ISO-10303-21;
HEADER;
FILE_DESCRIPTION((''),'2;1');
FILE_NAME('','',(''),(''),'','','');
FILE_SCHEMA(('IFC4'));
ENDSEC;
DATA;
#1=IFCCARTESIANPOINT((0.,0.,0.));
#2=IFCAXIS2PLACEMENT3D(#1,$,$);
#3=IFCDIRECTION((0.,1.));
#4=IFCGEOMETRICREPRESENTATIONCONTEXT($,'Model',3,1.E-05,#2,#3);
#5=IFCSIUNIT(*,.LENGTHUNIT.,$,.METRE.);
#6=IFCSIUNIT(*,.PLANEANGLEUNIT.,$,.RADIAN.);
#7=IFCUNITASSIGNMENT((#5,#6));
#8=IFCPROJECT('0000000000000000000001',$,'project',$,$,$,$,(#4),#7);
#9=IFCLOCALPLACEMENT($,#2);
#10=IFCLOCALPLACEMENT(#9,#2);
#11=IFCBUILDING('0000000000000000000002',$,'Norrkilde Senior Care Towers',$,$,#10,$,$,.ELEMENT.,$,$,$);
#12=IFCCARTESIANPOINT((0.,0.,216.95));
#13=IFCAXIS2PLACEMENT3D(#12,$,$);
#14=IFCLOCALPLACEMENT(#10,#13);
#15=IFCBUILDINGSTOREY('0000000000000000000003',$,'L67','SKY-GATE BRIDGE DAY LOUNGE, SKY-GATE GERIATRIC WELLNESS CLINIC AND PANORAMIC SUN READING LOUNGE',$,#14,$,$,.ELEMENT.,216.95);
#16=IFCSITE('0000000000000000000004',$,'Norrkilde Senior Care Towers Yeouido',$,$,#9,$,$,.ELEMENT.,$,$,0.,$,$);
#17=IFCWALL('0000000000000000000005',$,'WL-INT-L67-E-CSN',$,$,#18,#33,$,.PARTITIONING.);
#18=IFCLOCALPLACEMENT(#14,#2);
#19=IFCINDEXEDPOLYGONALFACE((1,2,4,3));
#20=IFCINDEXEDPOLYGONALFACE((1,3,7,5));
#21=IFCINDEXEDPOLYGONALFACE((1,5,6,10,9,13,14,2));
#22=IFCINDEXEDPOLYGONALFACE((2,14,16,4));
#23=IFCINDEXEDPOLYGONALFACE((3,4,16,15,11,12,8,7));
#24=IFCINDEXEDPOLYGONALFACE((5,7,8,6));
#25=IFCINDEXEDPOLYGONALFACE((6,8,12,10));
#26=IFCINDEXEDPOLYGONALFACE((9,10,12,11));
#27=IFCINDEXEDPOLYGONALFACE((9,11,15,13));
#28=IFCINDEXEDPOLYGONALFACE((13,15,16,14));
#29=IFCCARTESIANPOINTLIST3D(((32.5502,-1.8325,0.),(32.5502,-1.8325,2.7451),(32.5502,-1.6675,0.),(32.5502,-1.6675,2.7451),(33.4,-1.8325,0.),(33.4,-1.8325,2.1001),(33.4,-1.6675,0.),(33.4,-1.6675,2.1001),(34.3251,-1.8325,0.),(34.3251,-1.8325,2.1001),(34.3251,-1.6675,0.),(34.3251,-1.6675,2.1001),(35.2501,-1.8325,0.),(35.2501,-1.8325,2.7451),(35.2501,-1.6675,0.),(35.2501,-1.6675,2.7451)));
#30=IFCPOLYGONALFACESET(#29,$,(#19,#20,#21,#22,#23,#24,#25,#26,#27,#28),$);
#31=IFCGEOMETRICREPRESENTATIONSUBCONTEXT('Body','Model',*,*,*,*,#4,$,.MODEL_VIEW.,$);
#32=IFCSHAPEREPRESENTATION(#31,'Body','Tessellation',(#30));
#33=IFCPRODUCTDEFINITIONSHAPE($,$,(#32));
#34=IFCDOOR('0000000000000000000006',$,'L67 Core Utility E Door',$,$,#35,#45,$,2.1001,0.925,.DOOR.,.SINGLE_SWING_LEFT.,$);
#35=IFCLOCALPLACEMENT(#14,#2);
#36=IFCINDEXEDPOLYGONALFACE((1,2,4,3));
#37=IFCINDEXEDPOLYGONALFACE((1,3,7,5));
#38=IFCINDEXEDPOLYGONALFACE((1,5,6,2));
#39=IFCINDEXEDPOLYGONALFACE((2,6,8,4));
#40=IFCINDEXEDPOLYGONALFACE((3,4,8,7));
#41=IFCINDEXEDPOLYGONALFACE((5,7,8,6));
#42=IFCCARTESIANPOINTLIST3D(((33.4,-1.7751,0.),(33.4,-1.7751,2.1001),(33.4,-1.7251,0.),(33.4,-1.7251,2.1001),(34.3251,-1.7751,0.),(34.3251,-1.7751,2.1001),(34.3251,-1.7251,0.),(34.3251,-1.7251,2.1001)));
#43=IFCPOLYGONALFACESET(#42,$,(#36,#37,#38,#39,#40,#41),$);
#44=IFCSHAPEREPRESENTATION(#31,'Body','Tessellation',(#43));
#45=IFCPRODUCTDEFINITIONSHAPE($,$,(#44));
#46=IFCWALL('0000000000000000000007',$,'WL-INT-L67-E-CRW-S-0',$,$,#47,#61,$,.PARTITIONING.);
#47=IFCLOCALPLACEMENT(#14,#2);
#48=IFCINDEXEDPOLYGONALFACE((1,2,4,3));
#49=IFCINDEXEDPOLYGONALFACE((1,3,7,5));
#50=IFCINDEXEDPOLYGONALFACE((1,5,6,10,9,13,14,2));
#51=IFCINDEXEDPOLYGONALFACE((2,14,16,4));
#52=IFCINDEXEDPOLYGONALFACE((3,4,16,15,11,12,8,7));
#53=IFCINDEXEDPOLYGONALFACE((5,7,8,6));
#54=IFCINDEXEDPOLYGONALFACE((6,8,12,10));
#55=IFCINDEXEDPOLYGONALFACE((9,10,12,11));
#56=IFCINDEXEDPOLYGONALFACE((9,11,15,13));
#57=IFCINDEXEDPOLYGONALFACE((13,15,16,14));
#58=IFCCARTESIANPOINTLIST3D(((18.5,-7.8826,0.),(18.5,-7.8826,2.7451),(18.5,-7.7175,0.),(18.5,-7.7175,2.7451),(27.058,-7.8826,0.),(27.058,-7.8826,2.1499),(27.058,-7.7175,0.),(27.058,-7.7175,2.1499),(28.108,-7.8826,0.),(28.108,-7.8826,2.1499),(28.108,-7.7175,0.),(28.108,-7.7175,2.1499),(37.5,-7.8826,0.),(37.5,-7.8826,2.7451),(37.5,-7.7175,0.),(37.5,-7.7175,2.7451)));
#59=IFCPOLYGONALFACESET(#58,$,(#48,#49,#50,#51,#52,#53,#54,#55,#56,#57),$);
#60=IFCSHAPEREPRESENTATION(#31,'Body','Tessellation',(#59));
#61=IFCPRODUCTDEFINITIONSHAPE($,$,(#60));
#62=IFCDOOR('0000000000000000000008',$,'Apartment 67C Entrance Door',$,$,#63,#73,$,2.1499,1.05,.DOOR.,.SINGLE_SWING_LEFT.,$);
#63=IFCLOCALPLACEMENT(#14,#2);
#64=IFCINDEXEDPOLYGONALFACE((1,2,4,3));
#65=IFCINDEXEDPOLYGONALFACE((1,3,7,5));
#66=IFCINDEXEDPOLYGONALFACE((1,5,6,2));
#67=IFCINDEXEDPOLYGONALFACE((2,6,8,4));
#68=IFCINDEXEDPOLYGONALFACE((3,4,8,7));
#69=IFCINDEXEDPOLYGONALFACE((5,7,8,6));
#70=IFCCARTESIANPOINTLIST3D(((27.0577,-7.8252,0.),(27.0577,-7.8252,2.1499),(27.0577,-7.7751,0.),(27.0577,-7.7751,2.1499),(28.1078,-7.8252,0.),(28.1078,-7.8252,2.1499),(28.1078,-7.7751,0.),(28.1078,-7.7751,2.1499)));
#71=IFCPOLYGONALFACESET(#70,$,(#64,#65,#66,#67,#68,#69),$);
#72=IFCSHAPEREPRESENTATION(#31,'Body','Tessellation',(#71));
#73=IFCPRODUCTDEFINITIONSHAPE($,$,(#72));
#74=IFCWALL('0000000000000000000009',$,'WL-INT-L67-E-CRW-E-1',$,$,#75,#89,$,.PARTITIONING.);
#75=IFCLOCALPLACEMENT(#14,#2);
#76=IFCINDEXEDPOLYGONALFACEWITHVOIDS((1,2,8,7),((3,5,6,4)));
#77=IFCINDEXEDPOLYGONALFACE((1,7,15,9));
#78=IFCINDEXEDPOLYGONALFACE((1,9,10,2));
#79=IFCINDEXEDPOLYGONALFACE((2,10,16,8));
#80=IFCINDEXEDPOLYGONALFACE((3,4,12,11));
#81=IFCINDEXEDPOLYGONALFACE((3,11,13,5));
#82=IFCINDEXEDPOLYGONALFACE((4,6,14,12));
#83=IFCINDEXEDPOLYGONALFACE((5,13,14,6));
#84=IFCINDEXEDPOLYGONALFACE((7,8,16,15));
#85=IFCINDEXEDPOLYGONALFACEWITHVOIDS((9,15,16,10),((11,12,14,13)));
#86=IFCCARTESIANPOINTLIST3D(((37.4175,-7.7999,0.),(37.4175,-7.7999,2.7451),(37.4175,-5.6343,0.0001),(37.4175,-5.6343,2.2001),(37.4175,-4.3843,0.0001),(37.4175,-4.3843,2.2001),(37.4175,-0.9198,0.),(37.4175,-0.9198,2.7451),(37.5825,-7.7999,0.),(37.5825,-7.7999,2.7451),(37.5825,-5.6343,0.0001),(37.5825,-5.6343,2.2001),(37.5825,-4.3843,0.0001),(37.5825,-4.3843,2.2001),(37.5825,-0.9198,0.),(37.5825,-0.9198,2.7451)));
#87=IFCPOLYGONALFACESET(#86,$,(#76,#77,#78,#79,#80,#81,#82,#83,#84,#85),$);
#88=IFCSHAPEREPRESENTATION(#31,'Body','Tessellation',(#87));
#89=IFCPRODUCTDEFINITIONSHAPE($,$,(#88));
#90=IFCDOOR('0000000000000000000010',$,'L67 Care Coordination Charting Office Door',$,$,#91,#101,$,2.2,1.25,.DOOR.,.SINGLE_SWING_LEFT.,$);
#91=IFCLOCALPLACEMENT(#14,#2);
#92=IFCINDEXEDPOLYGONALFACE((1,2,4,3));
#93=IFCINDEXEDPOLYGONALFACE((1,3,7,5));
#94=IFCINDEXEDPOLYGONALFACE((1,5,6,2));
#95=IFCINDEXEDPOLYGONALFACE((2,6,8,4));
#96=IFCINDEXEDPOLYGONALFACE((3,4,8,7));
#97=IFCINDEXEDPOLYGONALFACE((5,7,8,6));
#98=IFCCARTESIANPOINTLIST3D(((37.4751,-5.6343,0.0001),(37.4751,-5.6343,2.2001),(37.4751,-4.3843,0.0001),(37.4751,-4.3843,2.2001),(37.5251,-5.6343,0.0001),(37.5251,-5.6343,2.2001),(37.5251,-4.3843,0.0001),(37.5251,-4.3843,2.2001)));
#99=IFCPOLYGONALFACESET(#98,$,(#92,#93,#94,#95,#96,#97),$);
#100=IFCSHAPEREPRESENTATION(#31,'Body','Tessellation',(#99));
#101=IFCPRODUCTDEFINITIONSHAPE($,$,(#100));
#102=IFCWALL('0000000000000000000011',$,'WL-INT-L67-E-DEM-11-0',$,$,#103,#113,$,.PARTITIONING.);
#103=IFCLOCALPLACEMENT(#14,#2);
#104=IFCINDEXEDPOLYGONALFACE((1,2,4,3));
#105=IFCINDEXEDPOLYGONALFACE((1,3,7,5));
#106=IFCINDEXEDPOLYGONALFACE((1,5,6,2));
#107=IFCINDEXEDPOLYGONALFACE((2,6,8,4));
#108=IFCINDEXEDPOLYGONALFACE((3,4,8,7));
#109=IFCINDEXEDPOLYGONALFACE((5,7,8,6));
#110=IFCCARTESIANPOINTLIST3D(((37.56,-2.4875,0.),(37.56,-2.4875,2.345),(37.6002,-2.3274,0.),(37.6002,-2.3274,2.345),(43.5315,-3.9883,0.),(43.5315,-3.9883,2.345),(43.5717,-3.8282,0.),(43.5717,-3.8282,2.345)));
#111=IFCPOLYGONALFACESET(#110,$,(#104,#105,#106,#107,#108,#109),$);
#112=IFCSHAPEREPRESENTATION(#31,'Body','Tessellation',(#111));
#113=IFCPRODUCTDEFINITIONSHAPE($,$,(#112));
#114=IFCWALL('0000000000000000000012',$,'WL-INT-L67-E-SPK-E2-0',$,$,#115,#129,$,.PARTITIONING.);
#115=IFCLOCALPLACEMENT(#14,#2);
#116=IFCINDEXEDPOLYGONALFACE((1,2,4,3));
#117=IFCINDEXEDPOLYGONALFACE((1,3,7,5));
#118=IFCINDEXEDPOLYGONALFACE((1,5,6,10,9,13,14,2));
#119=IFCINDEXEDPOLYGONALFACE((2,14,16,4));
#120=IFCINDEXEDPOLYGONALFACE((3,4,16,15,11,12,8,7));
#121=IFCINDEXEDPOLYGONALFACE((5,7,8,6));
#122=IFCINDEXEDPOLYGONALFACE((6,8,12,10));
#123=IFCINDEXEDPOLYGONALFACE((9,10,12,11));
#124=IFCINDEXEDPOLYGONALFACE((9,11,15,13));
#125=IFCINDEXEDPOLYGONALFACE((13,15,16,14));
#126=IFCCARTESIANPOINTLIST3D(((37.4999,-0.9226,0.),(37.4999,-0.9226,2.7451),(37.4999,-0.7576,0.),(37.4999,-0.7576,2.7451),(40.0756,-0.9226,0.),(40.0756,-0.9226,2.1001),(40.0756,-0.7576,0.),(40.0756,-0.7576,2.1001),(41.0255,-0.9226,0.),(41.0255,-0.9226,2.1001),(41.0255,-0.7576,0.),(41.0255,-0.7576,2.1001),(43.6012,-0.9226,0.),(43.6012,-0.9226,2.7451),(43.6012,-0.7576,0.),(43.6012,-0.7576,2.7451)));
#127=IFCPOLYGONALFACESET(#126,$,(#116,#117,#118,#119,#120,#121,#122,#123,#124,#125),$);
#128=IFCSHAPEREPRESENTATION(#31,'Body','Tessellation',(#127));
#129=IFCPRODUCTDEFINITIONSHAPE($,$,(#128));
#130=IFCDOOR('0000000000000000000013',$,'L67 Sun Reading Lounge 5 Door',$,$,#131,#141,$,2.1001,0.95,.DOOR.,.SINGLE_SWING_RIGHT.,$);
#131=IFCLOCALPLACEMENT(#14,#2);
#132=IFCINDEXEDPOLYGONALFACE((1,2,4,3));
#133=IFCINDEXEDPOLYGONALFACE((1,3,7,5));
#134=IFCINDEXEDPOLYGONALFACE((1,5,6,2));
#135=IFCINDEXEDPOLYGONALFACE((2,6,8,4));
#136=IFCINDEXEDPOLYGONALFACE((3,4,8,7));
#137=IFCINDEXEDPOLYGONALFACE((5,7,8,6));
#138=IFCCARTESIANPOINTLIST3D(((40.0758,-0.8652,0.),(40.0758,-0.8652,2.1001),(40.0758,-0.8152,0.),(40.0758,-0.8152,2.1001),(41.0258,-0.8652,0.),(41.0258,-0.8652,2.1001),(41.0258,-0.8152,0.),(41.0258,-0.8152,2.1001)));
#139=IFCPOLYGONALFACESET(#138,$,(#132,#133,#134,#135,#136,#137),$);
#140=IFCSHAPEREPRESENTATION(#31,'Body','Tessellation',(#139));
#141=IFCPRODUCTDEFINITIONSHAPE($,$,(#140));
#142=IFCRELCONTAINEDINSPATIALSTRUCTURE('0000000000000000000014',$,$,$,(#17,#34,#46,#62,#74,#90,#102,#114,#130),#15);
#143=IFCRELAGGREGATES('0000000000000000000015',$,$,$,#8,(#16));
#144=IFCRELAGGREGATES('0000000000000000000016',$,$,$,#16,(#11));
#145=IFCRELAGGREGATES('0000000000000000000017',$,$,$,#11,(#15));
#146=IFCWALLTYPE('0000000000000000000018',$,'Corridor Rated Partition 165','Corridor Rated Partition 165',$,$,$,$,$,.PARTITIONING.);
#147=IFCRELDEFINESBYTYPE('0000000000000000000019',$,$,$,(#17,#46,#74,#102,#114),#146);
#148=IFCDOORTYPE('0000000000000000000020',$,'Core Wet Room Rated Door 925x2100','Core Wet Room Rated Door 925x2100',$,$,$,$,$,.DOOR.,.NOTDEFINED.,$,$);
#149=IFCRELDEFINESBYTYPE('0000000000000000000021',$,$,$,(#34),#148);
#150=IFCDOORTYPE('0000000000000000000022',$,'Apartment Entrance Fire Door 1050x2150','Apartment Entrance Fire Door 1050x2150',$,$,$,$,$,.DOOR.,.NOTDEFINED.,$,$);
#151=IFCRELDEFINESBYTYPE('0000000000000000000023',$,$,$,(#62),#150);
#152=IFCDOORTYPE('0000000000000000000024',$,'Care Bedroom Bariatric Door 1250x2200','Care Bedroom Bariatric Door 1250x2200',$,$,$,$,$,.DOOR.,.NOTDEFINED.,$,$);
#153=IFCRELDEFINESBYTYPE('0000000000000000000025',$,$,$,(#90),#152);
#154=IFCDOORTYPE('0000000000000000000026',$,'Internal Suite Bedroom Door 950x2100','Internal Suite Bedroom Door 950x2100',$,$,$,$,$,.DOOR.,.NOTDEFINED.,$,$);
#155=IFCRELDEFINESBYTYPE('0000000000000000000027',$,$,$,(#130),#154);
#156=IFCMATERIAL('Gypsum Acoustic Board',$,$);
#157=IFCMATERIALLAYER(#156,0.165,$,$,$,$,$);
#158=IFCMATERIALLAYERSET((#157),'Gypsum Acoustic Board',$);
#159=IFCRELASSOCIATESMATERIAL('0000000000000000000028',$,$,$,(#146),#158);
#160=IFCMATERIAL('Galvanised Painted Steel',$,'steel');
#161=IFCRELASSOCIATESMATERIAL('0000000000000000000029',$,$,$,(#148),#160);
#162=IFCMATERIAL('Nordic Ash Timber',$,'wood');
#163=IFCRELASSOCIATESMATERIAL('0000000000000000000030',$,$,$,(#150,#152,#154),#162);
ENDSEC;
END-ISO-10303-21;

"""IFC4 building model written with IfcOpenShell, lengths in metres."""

from ifc_helpers import new_model, si_unit, direction, frame, frame_2d, origin, place, context, subcontext, project, spatial, rectangle, extrude, source, transform, mapped, material, layer, layer_set, type_object, type_shapes, element, fill, save


model = new_model("IFC4")

# Units and contexts
model_context = context("Model", 3, precision=1e-05, world=origin(), true_north=direction((0.0, 1.0)))
body_context = subcontext(model_context, "Body", "Model", "MODEL_VIEW")
ifc_project = project(units=[si_unit("LENGTHUNIT", "METRE"), si_unit("PLANEANGLEUNIT", "RADIAN")], contexts=[model_context])

# Site, building, storey
site_placement = place(None, origin())
site = spatial("IfcSite", under=ifc_project, at=site_placement, Name="Norrkilde Senior Care Towers Yeouido", CompositionType="ELEMENT", RefElevation=0.0)
building_placement = place(site_placement, origin())
building = spatial("IfcBuilding", under=site, at=building_placement, Name="Norrkilde Senior Care Towers", CompositionType="ELEMENT")
storey_placement = place(building_placement, frame((0.0, 0.0, 216.95)))
storey = spatial("IfcBuildingStorey", under=building, at=storey_placement, Name="L67", Description="SKY-GATE BRIDGE DAY LOUNGE, SKY-GATE GERIATRIC WELLNESS CLINIC AND PANORAMIC SUN READING LOUNGE", CompositionType="ELEMENT", Elevation=216.95)

# Walls, openings, doors
ifc_material_1 = material(Name="Gypsum Acoustic Board")
ifc_layer_1 = layer(ifc_material_1, 0.165)
ifc_layer_set_1 = layer_set([ifc_layer_1], Name="Gypsum Acoustic Board")
wall_type_1 = type_object("IfcWallType", Name="Corridor Rated Partition 165", Description="Corridor Rated Partition 165", PredefinedType="PARTITIONING", material=ifc_layer_set_1)
shared_shape_1 = source(origin(), body_context, "Body", "SweptSolid", [
    extrude(rectangle(XDim=2.7, YDim=0.165, at=frame_2d((1.3501, 0.0))), origin(), (0.0, 0.0, 1.0), 2.7451),
])
wall_1_placement = place(storey_placement, frame((32.55, -1.75, 0.0), z_axis=(0.0, 0.0, 1.0), x_axis=(1.0, 0.0, 0.0)))
wall_1 = element("IfcWall", 1, at=wall_1_placement, inside=storey, type_object=wall_type_1, Name="WL-INT-L67-E-CSN", PredefinedType="PARTITIONING", context=body_context, shape_type="MappedRepresentation", body=[
    mapped(shared_shape_1, transform((0.0, 0.0, 0.0), x_axis=(1.0, 0.0, 0.0), y_axis=(0.0, 1.0, 0.0), z_axis=(0.0, 0.0, 1.0), scale=1.0)),
])
opening_1_placement = place(wall_1_placement, frame((0.8501, 0.0, 0.0)))
opening_1 = element("IfcOpeningElement", 2, at=opening_1_placement, cuts=wall_1, PredefinedType="OPENING", context=body_context, shape_type="SweptSolid", body=[
    extrude(rectangle(XDim=0.925, YDim=2.1001, at=frame_2d((0.4624, 1.05))), frame((0.0, 0.0925, 0.0), z_axis=(0.0, -1.0, 0.0), x_axis=(1.0, 0.0, 0.0)), (0.0, 0.0, 1.0), 0.1851),
])
ifc_material_2 = material(Name="Galvanised Painted Steel", Category="steel")
door_type_1 = type_object("IfcDoorType", Name="Core Wet Room Rated Door 925x2100", Description="Core Wet Room Rated Door 925x2100", OperationType="NOTDEFINED", PredefinedType="DOOR", material=ifc_material_2)
shared_shape_2 = source(origin(), body_context, "Body", "SweptSolid", [
    extrude(rectangle(XDim=0.925, YDim=2.1001, at=frame_2d((0.4624, 1.05))), frame((0.0, 0.0249, 0.0), z_axis=(0.0, -1.0, 0.0), x_axis=(1.0, 0.0, 0.0)), (0.0, 0.0, 1.0), 0.05),
])
type_shapes(door_type_1, [shared_shape_2])
door_1_placement = place(opening_1_placement, origin())
door_1 = element("IfcDoor", 3, at=door_1_placement, inside=storey, type_object=door_type_1, Name="L67 Core Utility E Door", OperationType="SINGLE_SWING_LEFT", OverallHeight=2.1001, OverallWidth=0.925, PredefinedType="DOOR", context=body_context, shape_type="MappedRepresentation", body=[
    mapped(shared_shape_2, transform((0.0, 0.0, 0.0), x_axis=(1.0, 0.0, 0.0), y_axis=(0.0, 1.0, 0.0), z_axis=(0.0, 0.0, 1.0), scale=1.0)),
])
fill(opening_1, door_1)
shared_shape_3 = source(origin(), body_context, "Body", "SweptSolid", [
    extrude(rectangle(XDim=19.0, YDim=0.165, at=frame_2d((9.5, 0.0))), origin(), (0.0, 0.0, 1.0), 2.7451),
])
wall_2_placement = place(storey_placement, frame((37.5, -7.8, 0.0), z_axis=(0.0, 0.0, 1.0), x_axis=(-1.0, 0.0, 0.0)))
wall_2 = element("IfcWall", 4, at=wall_2_placement, inside=storey, type_object=wall_type_1, Name="WL-INT-L67-E-CRW-S-0", PredefinedType="PARTITIONING", context=body_context, shape_type="MappedRepresentation", body=[
    mapped(shared_shape_3, transform((0.0, 0.0, 0.0), x_axis=(1.0, 0.0, 0.0), y_axis=(0.0, 1.0, 0.0), z_axis=(0.0, 0.0, 1.0), scale=1.0)),
])
opening_2_placement = place(wall_2_placement, frame((9.3921, 0.0, 0.0)))
opening_2 = element("IfcOpeningElement", 5, at=opening_2_placement, cuts=wall_2, PredefinedType="OPENING", context=body_context, shape_type="SweptSolid", body=[
    extrude(rectangle(XDim=1.05, YDim=2.1499, at=frame_2d((0.5249, 1.075))), frame((0.0, 0.0925, 0.0), z_axis=(0.0, -1.0, 0.0), x_axis=(1.0, 0.0, 0.0)), (0.0, 0.0, 1.0), 0.1851),
])
ifc_material_3 = material(Name="Nordic Ash Timber", Category="wood")
door_type_2 = type_object("IfcDoorType", Name="Apartment Entrance Fire Door 1050x2150", Description="Apartment Entrance Fire Door 1050x2150", OperationType="NOTDEFINED", PredefinedType="DOOR", material=ifc_material_3)
shared_shape_4 = source(origin(), body_context, "Body", "SweptSolid", [
    extrude(rectangle(XDim=1.05, YDim=2.1499, at=frame_2d((0.5249, 1.075))), frame((0.0, 0.0249, 0.0), z_axis=(0.0, -1.0, 0.0), x_axis=(1.0, 0.0, 0.0)), (0.0, 0.0, 1.0), 0.05),
])
type_shapes(door_type_2, [shared_shape_4])
door_2_placement = place(opening_2_placement, frame((1.05, 0.0, 0.0), z_axis=(0.0, 0.0, 1.0), x_axis=(-1.0, 0.0, 0.0)))
door_2 = element("IfcDoor", 6, at=door_2_placement, inside=storey, type_object=door_type_2, Name="Apartment 67C Entrance Door", OperationType="SINGLE_SWING_LEFT", OverallHeight=2.1499, OverallWidth=1.05, PredefinedType="DOOR", context=body_context, shape_type="MappedRepresentation", body=[
    mapped(shared_shape_4, transform((0.0, 0.0, 0.0), x_axis=(1.0, 0.0, 0.0), y_axis=(0.0, 1.0, 0.0), z_axis=(0.0, 0.0, 1.0), scale=1.0)),
])
fill(opening_2, door_2)
shared_shape_5 = source(origin(), body_context, "Body", "SweptSolid", [
    extrude(rectangle(XDim=6.8801, YDim=0.165, at=frame_2d((3.4399, 0.0))), origin(), (0.0, 0.0, 1.0), 2.7451),
])
wall_3_placement = place(storey_placement, frame((37.5, -0.9199, 0.0), z_axis=(0.0, 0.0, 1.0), x_axis=(0.0, -1.0, 0.0)))
wall_3 = element("IfcWall", 7, at=wall_3_placement, inside=storey, type_object=wall_type_1, Name="WL-INT-L67-E-CRW-E-1", PredefinedType="PARTITIONING", context=body_context, shape_type="MappedRepresentation", body=[
    mapped(shared_shape_5, transform((0.0, 0.0, 0.0), x_axis=(1.0, 0.0, 0.0), y_axis=(0.0, 1.0, 0.0), z_axis=(0.0, 0.0, 1.0), scale=1.0)),
])
opening_3_placement = place(wall_3_placement, frame((3.4644, 0.0, 0.0)))
opening_3 = element("IfcOpeningElement", 8, at=opening_3_placement, cuts=wall_3, PredefinedType="OPENING", context=body_context, shape_type="SweptSolid", body=[
    extrude(rectangle(XDim=1.25, YDim=2.2, at=frame_2d((0.625, 1.1001))), frame((0.0, 0.0925, 0.0), z_axis=(0.0, -1.0, 0.0), x_axis=(1.0, 0.0, 0.0)), (0.0, 0.0, 1.0), 0.1851),
])
door_type_3 = type_object("IfcDoorType", Name="Care Bedroom Bariatric Door 1250x2200", Description="Care Bedroom Bariatric Door 1250x2200", OperationType="NOTDEFINED", PredefinedType="DOOR", material=ifc_material_3)
shared_shape_6 = source(origin(), body_context, "Body", "SweptSolid", [
    extrude(rectangle(XDim=1.25, YDim=2.2, at=frame_2d((0.625, 1.1001))), frame((0.0, 0.0249, 0.0), z_axis=(0.0, -1.0, 0.0), x_axis=(1.0, 0.0, 0.0)), (0.0, 0.0, 1.0), 0.05),
])
type_shapes(door_type_3, [shared_shape_6])
door_3_placement = place(opening_3_placement, frame((1.25, 0.0, 0.0), z_axis=(0.0, 0.0, 1.0), x_axis=(-1.0, 0.0, 0.0)))
door_3 = element("IfcDoor", 9, at=door_3_placement, inside=storey, type_object=door_type_3, Name="L67 Care Coordination Charting Office Door", OperationType="SINGLE_SWING_LEFT", OverallHeight=2.2, OverallWidth=1.25, PredefinedType="DOOR", context=body_context, shape_type="MappedRepresentation", body=[
    mapped(shared_shape_6, transform((0.0, 0.0, 0.0), x_axis=(1.0, 0.0, 0.0), y_axis=(0.0, 1.0, 0.0), z_axis=(0.0, 0.0, 1.0), scale=1.0)),
])
fill(opening_3, door_3)

# Wall
shared_shape_7 = source(origin(), body_context, "Body", "SweptSolid", [
    extrude(rectangle(XDim=6.1572, YDim=0.165, at=frame_2d((3.0786, 0.0))), origin(), (0.0, 0.0, 1.0), 2.345),
])
wall_4_placement = place(storey_placement, frame((37.5801, -2.4075, 0.0), z_axis=(0.0, 0.0, 1.0), x_axis=(0.969841, -0.243739, 0.0)))
element("IfcWall", 10, at=wall_4_placement, inside=storey, type_object=wall_type_1, Name="WL-INT-L67-E-DEM-11-0", PredefinedType="PARTITIONING", context=body_context, shape_type="MappedRepresentation", body=[
    mapped(shared_shape_7, transform((0.0, 0.0, 0.0), x_axis=(1.0, 0.0, 0.0), y_axis=(0.0, 1.0, 0.0), z_axis=(0.0, 0.0, 1.0), scale=1.0)),
])

# Wall, opening, door
shared_shape_8 = source(origin(), body_context, "Body", "SweptSolid", [
    extrude(rectangle(XDim=6.1013, YDim=0.165, at=frame_2d((3.0508, 0.0))), origin(), (0.0, 0.0, 1.0), 2.7451),
])
type_shapes(wall_type_1, [shared_shape_1, shared_shape_3, shared_shape_5, shared_shape_7, shared_shape_8])
wall_5_placement = place(storey_placement, frame((43.6013, -0.8401, 0.0), z_axis=(0.0, 0.0, 1.0), x_axis=(-1.0, 0.0, 0.0)))
wall_5 = element("IfcWall", 11, at=wall_5_placement, inside=storey, type_object=wall_type_1, Name="WL-INT-L67-E-SPK-E2-0", PredefinedType="PARTITIONING", context=body_context, shape_type="MappedRepresentation", body=[
    mapped(shared_shape_8, transform((0.0, 0.0, 0.0), x_axis=(1.0, 0.0, 0.0), y_axis=(0.0, 1.0, 0.0), z_axis=(0.0, 0.0, 1.0), scale=1.0)),
])
opening_4_placement = place(wall_5_placement, frame((2.5757, 0.0, 0.0)))
opening_4 = element("IfcOpeningElement", 12, at=opening_4_placement, cuts=wall_5, PredefinedType="OPENING", context=body_context, shape_type="SweptSolid", body=[
    extrude(rectangle(XDim=0.95, YDim=2.1001, at=frame_2d((0.4751, 1.05))), frame((0.0, 0.0925, 0.0), z_axis=(0.0, -1.0, 0.0), x_axis=(1.0, 0.0, 0.0)), (0.0, 0.0, 1.0), 0.1851),
])
door_type_4 = type_object("IfcDoorType", Name="Internal Suite Bedroom Door 950x2100", Description="Internal Suite Bedroom Door 950x2100", OperationType="NOTDEFINED", PredefinedType="DOOR", material=ifc_material_3)
shared_shape_9 = source(origin(), body_context, "Body", "SweptSolid", [
    extrude(rectangle(XDim=0.95, YDim=2.1001, at=frame_2d((0.4751, 1.05))), frame((0.0, 0.0249, 0.0), z_axis=(0.0, -1.0, 0.0), x_axis=(1.0, 0.0, 0.0)), (0.0, 0.0, 1.0), 0.05),
])
type_shapes(door_type_4, [shared_shape_9])
door_4_placement = place(opening_4_placement, frame((0.95, 0.0, 0.0), z_axis=(0.0, 0.0, 1.0), x_axis=(-1.0, 0.0, 0.0)))
door_4 = element("IfcDoor", 13, at=door_4_placement, inside=storey, type_object=door_type_4, Name="L67 Sun Reading Lounge 5 Door", OperationType="SINGLE_SWING_RIGHT", OverallHeight=2.1001, OverallWidth=0.95, PredefinedType="DOOR", context=body_context, shape_type="MappedRepresentation", body=[
    mapped(shared_shape_9, transform((0.0, 0.0, 0.0), x_axis=(1.0, 0.0, 0.0), y_axis=(0.0, 1.0, 0.0), z_axis=(0.0, 0.0, 1.0), scale=1.0)),
])
fill(opening_4, door_4)

save(model, "model.ifc")
